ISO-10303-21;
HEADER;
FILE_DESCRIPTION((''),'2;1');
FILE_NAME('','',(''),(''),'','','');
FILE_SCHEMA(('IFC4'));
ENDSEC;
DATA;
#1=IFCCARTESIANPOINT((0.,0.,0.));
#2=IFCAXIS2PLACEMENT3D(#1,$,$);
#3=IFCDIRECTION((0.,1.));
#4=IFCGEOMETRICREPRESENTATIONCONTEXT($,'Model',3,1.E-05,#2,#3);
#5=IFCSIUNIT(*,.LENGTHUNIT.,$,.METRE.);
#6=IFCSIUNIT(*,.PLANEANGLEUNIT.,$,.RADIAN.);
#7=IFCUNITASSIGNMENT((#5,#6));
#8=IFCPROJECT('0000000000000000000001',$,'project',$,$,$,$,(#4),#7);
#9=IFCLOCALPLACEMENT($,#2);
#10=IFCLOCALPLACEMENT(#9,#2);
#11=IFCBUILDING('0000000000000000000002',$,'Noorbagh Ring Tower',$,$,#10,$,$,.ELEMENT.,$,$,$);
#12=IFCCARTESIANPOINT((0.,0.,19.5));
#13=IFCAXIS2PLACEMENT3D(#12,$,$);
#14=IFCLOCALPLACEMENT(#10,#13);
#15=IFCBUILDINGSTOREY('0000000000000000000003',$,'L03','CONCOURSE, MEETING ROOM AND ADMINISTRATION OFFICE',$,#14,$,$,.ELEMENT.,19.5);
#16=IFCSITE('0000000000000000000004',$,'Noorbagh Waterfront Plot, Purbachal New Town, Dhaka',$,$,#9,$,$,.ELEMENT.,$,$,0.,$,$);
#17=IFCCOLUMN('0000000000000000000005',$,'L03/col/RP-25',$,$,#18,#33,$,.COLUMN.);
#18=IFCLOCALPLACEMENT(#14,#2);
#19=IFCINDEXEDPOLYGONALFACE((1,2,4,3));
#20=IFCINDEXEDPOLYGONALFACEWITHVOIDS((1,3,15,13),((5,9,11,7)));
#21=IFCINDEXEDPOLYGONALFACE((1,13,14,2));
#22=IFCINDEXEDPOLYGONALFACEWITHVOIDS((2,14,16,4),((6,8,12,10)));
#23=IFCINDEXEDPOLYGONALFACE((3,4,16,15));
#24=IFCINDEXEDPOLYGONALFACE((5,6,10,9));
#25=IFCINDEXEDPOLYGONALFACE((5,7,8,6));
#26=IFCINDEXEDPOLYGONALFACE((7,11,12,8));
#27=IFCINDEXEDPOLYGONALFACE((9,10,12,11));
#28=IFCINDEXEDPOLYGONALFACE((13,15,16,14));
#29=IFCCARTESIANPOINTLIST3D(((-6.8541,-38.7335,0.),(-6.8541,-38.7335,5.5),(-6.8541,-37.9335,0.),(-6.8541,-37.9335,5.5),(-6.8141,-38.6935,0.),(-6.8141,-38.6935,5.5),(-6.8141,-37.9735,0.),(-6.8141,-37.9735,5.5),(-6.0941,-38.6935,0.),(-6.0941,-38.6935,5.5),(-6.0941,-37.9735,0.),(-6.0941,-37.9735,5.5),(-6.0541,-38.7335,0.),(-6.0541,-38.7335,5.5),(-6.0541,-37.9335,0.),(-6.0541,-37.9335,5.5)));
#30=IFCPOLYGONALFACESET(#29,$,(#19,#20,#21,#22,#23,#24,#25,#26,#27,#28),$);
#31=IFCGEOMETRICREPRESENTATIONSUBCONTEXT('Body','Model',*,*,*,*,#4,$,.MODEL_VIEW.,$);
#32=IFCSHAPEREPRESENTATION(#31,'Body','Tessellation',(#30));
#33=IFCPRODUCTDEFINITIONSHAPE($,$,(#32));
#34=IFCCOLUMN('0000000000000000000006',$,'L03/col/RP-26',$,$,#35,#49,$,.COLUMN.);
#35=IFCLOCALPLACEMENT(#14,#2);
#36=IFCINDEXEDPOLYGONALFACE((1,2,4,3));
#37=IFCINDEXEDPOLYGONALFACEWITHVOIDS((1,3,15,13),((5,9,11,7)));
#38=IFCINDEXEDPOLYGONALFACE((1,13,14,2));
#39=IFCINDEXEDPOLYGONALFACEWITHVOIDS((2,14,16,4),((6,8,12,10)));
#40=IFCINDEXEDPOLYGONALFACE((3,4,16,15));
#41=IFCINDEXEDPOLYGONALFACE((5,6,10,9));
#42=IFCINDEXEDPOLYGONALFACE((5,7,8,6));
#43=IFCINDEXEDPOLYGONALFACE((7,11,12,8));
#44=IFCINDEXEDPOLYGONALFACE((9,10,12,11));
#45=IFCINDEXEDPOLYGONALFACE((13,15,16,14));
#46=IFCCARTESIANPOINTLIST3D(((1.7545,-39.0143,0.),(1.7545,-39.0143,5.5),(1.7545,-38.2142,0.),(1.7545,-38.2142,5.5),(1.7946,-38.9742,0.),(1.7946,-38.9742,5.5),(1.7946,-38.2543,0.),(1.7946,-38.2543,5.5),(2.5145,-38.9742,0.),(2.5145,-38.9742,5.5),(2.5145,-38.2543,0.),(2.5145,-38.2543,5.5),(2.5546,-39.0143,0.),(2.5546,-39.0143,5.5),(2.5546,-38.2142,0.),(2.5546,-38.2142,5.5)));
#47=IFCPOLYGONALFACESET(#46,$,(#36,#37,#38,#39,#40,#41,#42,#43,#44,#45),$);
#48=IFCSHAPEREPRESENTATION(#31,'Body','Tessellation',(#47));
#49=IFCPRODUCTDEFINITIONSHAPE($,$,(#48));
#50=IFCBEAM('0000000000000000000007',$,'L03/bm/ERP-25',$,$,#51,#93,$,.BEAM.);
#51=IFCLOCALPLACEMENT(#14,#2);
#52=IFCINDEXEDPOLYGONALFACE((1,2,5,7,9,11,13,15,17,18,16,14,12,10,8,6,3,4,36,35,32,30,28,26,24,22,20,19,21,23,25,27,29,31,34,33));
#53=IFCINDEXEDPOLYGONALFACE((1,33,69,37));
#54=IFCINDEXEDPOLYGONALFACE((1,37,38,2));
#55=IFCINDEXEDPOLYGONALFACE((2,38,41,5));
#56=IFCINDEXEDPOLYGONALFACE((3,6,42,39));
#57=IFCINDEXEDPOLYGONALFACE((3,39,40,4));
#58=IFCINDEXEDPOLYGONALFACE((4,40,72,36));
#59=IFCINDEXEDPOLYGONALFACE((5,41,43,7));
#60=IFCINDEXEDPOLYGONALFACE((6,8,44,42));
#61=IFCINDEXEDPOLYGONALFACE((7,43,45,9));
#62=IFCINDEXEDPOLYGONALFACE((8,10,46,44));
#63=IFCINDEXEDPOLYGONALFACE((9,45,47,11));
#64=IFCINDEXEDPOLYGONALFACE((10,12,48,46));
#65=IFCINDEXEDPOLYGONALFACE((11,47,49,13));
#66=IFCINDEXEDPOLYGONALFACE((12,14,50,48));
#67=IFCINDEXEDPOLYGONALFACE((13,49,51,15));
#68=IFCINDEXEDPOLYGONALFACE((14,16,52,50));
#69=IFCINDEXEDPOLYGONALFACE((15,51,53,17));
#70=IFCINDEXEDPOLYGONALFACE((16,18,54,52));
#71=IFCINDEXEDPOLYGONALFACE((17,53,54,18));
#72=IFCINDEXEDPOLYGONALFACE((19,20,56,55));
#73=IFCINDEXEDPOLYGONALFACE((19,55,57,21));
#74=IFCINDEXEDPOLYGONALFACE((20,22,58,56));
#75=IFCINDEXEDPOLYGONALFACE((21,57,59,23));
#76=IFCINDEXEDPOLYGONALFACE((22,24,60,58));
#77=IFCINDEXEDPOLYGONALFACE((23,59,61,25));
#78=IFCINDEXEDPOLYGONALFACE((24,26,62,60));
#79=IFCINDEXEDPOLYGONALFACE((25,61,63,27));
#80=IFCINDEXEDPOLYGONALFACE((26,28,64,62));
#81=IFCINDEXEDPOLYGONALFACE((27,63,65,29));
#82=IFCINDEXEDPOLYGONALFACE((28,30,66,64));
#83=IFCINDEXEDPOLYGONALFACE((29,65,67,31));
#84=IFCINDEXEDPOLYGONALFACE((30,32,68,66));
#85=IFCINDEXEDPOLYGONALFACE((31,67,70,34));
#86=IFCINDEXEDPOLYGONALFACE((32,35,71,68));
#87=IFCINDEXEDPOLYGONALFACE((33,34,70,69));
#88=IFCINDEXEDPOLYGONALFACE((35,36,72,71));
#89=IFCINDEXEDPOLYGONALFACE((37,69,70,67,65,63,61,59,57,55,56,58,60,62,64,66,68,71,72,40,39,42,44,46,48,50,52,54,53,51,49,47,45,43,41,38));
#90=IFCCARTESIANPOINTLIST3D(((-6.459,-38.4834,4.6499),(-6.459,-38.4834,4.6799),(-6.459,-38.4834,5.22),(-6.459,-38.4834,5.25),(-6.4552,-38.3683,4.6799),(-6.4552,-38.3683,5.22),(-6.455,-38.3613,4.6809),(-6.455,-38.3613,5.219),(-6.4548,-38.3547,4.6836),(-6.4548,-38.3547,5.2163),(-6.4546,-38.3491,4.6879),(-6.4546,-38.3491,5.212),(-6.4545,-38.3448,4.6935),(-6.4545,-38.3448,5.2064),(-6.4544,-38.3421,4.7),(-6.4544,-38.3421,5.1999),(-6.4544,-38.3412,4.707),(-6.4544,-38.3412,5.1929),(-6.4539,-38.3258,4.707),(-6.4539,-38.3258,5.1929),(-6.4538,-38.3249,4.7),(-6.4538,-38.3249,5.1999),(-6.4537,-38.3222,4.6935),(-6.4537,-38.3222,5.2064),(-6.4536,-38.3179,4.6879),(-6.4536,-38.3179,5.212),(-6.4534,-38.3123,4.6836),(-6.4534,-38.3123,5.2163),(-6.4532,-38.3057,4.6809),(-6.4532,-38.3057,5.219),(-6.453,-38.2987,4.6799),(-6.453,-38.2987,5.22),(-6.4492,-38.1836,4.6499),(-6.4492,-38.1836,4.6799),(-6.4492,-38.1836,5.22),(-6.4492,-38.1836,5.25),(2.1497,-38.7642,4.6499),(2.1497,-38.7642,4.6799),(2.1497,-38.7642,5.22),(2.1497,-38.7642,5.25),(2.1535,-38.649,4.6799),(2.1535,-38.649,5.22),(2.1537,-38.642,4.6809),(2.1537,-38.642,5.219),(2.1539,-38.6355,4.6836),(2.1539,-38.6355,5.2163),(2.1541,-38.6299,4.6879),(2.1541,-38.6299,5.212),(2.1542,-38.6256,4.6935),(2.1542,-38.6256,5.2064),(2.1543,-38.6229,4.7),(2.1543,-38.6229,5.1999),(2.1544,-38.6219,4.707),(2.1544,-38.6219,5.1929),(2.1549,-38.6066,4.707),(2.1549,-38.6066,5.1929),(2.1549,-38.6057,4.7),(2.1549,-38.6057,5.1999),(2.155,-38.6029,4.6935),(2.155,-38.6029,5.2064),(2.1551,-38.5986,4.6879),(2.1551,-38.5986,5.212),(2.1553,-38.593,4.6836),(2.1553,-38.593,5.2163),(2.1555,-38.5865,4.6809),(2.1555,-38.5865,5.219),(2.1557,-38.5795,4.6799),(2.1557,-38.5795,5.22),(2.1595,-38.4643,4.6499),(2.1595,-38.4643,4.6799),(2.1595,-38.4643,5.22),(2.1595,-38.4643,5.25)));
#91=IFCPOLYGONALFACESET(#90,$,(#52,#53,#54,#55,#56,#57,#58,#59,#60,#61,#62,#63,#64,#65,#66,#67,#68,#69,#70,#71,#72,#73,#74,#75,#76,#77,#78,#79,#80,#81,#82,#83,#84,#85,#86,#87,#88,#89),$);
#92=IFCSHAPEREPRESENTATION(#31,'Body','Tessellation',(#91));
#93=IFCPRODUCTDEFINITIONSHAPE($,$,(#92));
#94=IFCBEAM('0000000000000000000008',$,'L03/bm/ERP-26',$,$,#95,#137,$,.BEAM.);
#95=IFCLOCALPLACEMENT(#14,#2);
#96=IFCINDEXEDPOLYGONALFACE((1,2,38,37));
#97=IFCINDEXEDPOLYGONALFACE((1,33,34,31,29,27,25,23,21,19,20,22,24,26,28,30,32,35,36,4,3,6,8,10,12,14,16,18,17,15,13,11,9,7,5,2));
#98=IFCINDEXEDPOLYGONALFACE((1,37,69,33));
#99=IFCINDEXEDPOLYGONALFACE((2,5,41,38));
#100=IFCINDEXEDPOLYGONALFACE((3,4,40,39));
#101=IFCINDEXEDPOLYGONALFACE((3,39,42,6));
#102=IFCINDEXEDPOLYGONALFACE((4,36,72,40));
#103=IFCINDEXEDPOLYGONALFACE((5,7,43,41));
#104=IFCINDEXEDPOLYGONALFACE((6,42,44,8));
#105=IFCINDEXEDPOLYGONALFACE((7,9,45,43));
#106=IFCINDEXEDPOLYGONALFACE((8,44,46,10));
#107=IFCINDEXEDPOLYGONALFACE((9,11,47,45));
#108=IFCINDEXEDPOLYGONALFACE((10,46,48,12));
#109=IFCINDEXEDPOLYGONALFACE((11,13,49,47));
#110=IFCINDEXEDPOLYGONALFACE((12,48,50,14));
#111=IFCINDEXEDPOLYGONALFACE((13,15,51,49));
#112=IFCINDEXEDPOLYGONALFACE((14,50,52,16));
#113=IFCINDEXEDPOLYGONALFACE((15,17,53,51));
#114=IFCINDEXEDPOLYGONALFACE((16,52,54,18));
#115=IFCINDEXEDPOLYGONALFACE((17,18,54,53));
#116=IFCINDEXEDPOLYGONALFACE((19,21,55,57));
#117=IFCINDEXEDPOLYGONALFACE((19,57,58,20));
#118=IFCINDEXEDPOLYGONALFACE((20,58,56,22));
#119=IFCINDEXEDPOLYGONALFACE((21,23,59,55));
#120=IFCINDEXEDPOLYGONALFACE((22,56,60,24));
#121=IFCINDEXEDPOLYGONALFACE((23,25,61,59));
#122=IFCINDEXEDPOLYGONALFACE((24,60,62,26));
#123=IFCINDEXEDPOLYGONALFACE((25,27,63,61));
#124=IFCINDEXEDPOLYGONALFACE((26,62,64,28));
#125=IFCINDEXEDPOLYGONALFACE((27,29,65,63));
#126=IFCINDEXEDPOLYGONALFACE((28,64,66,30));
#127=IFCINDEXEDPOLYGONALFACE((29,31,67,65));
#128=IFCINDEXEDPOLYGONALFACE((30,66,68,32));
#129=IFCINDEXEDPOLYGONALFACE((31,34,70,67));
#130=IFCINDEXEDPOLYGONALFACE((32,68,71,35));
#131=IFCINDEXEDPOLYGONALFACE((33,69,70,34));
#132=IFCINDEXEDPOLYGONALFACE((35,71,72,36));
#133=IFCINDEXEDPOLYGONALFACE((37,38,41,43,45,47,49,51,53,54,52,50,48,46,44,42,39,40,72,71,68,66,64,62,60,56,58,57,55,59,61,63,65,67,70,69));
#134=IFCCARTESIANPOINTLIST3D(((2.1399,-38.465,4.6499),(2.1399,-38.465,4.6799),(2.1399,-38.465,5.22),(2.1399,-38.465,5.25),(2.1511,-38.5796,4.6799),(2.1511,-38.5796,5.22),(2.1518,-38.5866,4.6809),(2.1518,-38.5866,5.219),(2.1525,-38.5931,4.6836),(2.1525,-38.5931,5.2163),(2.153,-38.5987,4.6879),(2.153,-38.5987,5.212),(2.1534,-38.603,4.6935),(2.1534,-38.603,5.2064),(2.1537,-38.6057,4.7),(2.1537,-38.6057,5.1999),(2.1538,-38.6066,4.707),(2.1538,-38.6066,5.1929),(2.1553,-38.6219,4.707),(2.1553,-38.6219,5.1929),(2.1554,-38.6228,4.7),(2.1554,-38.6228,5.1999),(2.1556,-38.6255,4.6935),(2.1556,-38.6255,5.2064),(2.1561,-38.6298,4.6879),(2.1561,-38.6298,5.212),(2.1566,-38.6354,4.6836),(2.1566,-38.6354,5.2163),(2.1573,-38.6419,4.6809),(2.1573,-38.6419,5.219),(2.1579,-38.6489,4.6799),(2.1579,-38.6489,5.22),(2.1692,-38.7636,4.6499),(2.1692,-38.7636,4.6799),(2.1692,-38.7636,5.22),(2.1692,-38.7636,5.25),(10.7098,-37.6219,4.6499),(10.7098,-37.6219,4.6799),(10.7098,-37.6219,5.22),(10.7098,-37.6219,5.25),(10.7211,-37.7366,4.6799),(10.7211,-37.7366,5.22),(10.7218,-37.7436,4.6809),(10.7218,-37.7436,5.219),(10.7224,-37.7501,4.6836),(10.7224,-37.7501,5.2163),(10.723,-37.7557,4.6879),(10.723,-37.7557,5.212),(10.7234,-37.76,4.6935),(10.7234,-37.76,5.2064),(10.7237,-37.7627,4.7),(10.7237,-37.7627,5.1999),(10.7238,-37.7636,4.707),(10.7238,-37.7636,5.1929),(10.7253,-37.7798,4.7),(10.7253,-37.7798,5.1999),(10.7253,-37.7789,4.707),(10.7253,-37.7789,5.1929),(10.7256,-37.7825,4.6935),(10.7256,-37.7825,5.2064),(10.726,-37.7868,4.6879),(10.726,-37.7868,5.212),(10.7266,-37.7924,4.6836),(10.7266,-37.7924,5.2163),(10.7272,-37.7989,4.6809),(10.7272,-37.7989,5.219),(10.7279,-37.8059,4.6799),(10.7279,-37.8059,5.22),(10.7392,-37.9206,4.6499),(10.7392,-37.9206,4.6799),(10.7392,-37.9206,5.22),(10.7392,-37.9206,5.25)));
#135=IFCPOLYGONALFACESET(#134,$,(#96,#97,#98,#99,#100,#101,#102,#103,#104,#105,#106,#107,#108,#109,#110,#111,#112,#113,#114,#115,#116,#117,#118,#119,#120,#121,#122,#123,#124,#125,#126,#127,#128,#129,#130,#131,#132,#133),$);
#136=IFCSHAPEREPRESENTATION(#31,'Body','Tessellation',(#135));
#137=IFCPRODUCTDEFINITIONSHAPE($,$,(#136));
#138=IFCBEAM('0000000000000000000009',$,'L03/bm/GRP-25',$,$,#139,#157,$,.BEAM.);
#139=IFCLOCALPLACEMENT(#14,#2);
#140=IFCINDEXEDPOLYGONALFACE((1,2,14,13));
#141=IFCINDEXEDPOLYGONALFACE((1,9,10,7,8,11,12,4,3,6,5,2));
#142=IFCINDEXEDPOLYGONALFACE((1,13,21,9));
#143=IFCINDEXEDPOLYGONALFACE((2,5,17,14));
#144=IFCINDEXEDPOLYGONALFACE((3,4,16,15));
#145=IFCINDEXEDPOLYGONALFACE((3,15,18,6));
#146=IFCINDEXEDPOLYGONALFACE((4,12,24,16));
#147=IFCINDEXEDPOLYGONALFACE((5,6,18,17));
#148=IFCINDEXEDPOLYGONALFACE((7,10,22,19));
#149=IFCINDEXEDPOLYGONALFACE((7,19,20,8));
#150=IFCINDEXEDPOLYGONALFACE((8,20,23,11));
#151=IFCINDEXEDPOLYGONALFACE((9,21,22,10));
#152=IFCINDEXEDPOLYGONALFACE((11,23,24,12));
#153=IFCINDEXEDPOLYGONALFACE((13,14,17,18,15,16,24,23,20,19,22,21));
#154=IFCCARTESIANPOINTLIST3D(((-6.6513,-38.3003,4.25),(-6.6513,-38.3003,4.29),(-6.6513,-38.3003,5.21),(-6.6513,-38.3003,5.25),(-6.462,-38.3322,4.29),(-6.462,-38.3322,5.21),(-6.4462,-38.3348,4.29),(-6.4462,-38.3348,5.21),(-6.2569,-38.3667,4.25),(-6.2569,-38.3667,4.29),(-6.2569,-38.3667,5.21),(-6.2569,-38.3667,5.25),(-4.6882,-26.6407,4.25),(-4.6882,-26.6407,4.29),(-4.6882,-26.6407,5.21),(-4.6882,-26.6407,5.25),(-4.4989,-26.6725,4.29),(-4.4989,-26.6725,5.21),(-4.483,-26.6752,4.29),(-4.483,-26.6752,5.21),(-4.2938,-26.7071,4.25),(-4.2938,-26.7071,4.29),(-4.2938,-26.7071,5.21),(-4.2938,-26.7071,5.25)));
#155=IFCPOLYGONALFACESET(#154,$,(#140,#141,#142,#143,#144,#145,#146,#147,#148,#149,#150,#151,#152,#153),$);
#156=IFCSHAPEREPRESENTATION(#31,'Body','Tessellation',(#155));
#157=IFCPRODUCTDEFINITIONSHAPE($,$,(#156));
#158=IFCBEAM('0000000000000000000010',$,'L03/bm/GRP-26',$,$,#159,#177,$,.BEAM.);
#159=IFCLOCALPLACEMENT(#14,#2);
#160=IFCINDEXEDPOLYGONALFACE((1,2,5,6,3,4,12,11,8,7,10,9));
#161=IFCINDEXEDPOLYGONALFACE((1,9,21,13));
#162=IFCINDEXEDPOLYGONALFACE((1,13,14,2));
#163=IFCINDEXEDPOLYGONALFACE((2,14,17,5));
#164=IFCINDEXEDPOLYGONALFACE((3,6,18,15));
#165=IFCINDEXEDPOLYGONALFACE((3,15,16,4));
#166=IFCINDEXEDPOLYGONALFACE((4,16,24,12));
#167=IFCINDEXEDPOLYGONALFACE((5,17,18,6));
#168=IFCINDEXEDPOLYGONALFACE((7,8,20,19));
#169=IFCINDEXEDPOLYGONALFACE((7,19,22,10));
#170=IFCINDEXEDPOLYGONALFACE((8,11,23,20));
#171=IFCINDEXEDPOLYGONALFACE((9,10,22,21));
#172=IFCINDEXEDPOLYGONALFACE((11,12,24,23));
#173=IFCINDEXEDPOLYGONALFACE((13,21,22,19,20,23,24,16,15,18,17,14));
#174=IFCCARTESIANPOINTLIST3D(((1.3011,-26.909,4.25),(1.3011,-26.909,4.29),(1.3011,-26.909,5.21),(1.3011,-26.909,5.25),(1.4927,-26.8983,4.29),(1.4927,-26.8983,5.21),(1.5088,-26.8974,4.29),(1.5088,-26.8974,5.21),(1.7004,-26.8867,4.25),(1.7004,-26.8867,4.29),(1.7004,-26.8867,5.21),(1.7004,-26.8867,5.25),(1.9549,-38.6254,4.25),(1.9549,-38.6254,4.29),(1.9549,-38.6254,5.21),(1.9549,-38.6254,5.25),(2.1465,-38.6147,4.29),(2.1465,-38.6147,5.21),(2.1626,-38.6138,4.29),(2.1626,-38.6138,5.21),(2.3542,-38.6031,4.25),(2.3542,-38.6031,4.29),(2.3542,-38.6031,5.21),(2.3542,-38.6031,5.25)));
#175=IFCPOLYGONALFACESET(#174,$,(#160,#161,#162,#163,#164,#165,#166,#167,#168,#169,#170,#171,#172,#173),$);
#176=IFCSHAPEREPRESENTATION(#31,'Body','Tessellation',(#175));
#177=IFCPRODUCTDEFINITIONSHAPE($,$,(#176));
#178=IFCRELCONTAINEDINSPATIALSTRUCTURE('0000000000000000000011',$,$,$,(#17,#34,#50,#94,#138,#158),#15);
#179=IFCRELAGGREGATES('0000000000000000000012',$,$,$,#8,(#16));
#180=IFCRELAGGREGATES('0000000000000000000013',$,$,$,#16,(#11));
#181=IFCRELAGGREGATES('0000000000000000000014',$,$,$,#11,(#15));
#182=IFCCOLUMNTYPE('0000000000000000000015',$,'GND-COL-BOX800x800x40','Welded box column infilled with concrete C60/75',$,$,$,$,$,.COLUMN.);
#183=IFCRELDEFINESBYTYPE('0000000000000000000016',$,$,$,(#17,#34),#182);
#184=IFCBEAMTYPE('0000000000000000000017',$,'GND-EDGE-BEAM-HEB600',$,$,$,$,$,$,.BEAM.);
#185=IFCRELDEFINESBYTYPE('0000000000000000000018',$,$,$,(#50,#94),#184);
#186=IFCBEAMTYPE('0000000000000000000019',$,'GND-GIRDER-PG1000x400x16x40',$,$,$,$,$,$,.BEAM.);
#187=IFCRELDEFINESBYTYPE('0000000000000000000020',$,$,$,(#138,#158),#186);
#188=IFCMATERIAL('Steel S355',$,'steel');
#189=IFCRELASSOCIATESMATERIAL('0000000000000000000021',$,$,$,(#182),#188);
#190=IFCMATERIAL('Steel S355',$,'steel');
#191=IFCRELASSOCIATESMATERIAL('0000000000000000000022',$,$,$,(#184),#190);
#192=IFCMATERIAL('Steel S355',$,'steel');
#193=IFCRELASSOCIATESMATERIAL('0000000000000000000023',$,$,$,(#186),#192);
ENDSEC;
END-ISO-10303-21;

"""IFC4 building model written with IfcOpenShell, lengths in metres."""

from ifc_helpers import new_model, si_unit, direction, frame, origin, origin_2d, place, context, subcontext, project, spatial, hollow_rectangle, i_section, extrude, material, material_profile, profile_set, type_object, element, save


model = new_model("IFC4")

# Units and contexts
model_context = context("Model", 3, precision=1e-05, world=origin(), true_north=direction((0.0, 1.0)))
body_context = subcontext(model_context, "Body", "Model", "MODEL_VIEW")
ifc_project = project(units=[si_unit("LENGTHUNIT", "METRE"), si_unit("PLANEANGLEUNIT", "RADIAN")], contexts=[model_context])

# Site, building, storey
site_placement = place(None, origin())
site = spatial("IfcSite", under=ifc_project, at=site_placement, Name="Noorbagh Waterfront Plot, Purbachal New Town, Dhaka", CompositionType="ELEMENT", RefElevation=0.0)
building_placement = place(site_placement, origin())
building = spatial("IfcBuilding", under=site, at=building_placement, Name="Noorbagh Ring Tower", CompositionType="ELEMENT")
storey_placement = place(building_placement, frame((0.0, 0.0, 19.5)))
storey = spatial("IfcBuildingStorey", under=building, at=storey_placement, Name="L03", Description="CONCOURSE, MEETING ROOM AND ADMINISTRATION OFFICE", CompositionType="ELEMENT", Elevation=19.5)

# Columns
ifc_material_1 = material(Name="Steel S355", Category="steel")
ifc_material_profile_1 = material_profile(ifc_material_1, hollow_rectangle(XDim=0.8, YDim=0.8, WallThickness=0.04, at=origin_2d()), Name="BOX800x800x40")
ifc_profile_set_1 = profile_set([ifc_material_profile_1], Name="Steel S355")
column_type = type_object("IfcColumnType", Name="GND-COL-BOX800x800x40", Description="Welded box column infilled with concrete C60/75", PredefinedType="COLUMN", material=ifc_profile_set_1)
for number, where, z_axis, x_axis, name in (
    (1, (-6.4541, -38.3335, 0.0), (0.0, 0.0, 1.0), (1.0, 0.0, 0.0), "L03/col/RP-25"),
    (2, (2.1545, -38.6143, 0.0), (0.0, 0.0, 1.0), (1.0, 0.0, 0.0), "L03/col/RP-26"),
):
    element("IfcColumn", number, at=place(storey_placement, frame(where, z_axis=z_axis, x_axis=x_axis)), inside=storey, type_object=column_type, Name=name, PredefinedType="COLUMN", context=body_context, shape_type="SweptSolid", body=[
        extrude(hollow_rectangle(XDim=0.8, YDim=0.8, WallThickness=0.04, at=origin_2d()), origin(), (0.0, 0.0, 1.0), 5.5),
    ])

# Beams
ifc_material_2 = material(Name="Steel S355", Category="steel")
ifc_material_profile_2 = material_profile(ifc_material_2, i_section(OverallWidth=0.3, OverallDepth=0.6001, WebThickness=0.0154, FlangeThickness=0.03, FilletRadius=0.0271, at=origin_2d()), Name="HEB600")
ifc_profile_set_2 = profile_set([ifc_material_profile_2], Name="Steel S355")
beam_type_1 = type_object("IfcBeamType", Name="GND-EDGE-BEAM-HEB600", PredefinedType="BEAM", material=ifc_profile_set_2)
beam_1_placement = place(storey_placement, frame((-6.4541, -38.3335, 4.95), z_axis=(0.999469, -0.032597, 0.0), x_axis=(0.032597, 0.999469, 0.0)))
element("IfcBeam", 3, at=beam_1_placement, inside=storey, type_object=beam_type_1, Name="L03/bm/ERP-25", PredefinedType="BEAM", context=body_context, shape_type="SweptSolid", body=[
    extrude(i_section(OverallWidth=0.3, OverallDepth=0.6001, WebThickness=0.0154, FlangeThickness=0.03, FilletRadius=0.0271, at=origin_2d()), origin(), (0.0, 0.0, 1.0), 8.6133),
])
beam_2_placement = place(storey_placement, frame((2.1545, -38.6143, 4.95), z_axis=(0.995197, 0.097895, 0.0), x_axis=(-0.097895, 0.995197, 0.0)))
element("IfcBeam", 4, at=beam_2_placement, inside=storey, type_object=beam_type_1, Name="L03/bm/ERP-26", PredefinedType="BEAM", context=body_context, shape_type="SweptSolid", body=[
    extrude(i_section(OverallWidth=0.3, OverallDepth=0.6001, WebThickness=0.0154, FlangeThickness=0.03, FilletRadius=0.0271, at=origin_2d()), origin(), (0.0, 0.0, 1.0), 8.6113),
])
ifc_material_3 = material(Name="Steel S355", Category="steel")
ifc_material_profile_3 = material_profile(ifc_material_3, i_section(OverallWidth=0.3999, OverallDepth=1.0, WebThickness=0.0161, FlangeThickness=0.04, at=origin_2d()), Name="PG1000x400x16x40")
ifc_profile_set_3 = profile_set([ifc_material_profile_3], Name="Steel S355")
beam_type_2 = type_object("IfcBeamType", Name="GND-GIRDER-PG1000x400x16x40", PredefinedType="BEAM", material=ifc_profile_set_3)
beam_3_placement = place(storey_placement, frame((-6.4541, -38.3335, 4.75), z_axis=(0.166033, 0.98612, 0.0), x_axis=(-0.98612, 0.166033, 0.0)))
element("IfcBeam", 5, at=beam_3_placement, inside=storey, type_object=beam_type_2, Name="L03/bm/GRP-25", PredefinedType="BEAM", context=body_context, shape_type="SweptSolid", body=[
    extrude(i_section(OverallWidth=0.3999, OverallDepth=1.0, WebThickness=0.0161, FlangeThickness=0.04, at=origin_2d()), origin(), (0.0, 0.0, 1.0), 11.8237),
])
beam_4_placement = place(storey_placement, frame((2.1545, -38.6143, 4.75), z_axis=(-0.055717, 0.998447, 0.0), x_axis=(-0.998447, -0.055717, 0.0)))
element("IfcBeam", 6, at=beam_4_placement, inside=storey, type_object=beam_type_2, Name="L03/bm/GRP-26", PredefinedType="BEAM", context=body_context, shape_type="SweptSolid", body=[
    extrude(i_section(OverallWidth=0.3999, OverallDepth=1.0, WebThickness=0.0161, FlangeThickness=0.04, at=origin_2d()), origin(), (0.0, 0.0, 1.0), 11.7346),
])

save(model, "model.ifc")
